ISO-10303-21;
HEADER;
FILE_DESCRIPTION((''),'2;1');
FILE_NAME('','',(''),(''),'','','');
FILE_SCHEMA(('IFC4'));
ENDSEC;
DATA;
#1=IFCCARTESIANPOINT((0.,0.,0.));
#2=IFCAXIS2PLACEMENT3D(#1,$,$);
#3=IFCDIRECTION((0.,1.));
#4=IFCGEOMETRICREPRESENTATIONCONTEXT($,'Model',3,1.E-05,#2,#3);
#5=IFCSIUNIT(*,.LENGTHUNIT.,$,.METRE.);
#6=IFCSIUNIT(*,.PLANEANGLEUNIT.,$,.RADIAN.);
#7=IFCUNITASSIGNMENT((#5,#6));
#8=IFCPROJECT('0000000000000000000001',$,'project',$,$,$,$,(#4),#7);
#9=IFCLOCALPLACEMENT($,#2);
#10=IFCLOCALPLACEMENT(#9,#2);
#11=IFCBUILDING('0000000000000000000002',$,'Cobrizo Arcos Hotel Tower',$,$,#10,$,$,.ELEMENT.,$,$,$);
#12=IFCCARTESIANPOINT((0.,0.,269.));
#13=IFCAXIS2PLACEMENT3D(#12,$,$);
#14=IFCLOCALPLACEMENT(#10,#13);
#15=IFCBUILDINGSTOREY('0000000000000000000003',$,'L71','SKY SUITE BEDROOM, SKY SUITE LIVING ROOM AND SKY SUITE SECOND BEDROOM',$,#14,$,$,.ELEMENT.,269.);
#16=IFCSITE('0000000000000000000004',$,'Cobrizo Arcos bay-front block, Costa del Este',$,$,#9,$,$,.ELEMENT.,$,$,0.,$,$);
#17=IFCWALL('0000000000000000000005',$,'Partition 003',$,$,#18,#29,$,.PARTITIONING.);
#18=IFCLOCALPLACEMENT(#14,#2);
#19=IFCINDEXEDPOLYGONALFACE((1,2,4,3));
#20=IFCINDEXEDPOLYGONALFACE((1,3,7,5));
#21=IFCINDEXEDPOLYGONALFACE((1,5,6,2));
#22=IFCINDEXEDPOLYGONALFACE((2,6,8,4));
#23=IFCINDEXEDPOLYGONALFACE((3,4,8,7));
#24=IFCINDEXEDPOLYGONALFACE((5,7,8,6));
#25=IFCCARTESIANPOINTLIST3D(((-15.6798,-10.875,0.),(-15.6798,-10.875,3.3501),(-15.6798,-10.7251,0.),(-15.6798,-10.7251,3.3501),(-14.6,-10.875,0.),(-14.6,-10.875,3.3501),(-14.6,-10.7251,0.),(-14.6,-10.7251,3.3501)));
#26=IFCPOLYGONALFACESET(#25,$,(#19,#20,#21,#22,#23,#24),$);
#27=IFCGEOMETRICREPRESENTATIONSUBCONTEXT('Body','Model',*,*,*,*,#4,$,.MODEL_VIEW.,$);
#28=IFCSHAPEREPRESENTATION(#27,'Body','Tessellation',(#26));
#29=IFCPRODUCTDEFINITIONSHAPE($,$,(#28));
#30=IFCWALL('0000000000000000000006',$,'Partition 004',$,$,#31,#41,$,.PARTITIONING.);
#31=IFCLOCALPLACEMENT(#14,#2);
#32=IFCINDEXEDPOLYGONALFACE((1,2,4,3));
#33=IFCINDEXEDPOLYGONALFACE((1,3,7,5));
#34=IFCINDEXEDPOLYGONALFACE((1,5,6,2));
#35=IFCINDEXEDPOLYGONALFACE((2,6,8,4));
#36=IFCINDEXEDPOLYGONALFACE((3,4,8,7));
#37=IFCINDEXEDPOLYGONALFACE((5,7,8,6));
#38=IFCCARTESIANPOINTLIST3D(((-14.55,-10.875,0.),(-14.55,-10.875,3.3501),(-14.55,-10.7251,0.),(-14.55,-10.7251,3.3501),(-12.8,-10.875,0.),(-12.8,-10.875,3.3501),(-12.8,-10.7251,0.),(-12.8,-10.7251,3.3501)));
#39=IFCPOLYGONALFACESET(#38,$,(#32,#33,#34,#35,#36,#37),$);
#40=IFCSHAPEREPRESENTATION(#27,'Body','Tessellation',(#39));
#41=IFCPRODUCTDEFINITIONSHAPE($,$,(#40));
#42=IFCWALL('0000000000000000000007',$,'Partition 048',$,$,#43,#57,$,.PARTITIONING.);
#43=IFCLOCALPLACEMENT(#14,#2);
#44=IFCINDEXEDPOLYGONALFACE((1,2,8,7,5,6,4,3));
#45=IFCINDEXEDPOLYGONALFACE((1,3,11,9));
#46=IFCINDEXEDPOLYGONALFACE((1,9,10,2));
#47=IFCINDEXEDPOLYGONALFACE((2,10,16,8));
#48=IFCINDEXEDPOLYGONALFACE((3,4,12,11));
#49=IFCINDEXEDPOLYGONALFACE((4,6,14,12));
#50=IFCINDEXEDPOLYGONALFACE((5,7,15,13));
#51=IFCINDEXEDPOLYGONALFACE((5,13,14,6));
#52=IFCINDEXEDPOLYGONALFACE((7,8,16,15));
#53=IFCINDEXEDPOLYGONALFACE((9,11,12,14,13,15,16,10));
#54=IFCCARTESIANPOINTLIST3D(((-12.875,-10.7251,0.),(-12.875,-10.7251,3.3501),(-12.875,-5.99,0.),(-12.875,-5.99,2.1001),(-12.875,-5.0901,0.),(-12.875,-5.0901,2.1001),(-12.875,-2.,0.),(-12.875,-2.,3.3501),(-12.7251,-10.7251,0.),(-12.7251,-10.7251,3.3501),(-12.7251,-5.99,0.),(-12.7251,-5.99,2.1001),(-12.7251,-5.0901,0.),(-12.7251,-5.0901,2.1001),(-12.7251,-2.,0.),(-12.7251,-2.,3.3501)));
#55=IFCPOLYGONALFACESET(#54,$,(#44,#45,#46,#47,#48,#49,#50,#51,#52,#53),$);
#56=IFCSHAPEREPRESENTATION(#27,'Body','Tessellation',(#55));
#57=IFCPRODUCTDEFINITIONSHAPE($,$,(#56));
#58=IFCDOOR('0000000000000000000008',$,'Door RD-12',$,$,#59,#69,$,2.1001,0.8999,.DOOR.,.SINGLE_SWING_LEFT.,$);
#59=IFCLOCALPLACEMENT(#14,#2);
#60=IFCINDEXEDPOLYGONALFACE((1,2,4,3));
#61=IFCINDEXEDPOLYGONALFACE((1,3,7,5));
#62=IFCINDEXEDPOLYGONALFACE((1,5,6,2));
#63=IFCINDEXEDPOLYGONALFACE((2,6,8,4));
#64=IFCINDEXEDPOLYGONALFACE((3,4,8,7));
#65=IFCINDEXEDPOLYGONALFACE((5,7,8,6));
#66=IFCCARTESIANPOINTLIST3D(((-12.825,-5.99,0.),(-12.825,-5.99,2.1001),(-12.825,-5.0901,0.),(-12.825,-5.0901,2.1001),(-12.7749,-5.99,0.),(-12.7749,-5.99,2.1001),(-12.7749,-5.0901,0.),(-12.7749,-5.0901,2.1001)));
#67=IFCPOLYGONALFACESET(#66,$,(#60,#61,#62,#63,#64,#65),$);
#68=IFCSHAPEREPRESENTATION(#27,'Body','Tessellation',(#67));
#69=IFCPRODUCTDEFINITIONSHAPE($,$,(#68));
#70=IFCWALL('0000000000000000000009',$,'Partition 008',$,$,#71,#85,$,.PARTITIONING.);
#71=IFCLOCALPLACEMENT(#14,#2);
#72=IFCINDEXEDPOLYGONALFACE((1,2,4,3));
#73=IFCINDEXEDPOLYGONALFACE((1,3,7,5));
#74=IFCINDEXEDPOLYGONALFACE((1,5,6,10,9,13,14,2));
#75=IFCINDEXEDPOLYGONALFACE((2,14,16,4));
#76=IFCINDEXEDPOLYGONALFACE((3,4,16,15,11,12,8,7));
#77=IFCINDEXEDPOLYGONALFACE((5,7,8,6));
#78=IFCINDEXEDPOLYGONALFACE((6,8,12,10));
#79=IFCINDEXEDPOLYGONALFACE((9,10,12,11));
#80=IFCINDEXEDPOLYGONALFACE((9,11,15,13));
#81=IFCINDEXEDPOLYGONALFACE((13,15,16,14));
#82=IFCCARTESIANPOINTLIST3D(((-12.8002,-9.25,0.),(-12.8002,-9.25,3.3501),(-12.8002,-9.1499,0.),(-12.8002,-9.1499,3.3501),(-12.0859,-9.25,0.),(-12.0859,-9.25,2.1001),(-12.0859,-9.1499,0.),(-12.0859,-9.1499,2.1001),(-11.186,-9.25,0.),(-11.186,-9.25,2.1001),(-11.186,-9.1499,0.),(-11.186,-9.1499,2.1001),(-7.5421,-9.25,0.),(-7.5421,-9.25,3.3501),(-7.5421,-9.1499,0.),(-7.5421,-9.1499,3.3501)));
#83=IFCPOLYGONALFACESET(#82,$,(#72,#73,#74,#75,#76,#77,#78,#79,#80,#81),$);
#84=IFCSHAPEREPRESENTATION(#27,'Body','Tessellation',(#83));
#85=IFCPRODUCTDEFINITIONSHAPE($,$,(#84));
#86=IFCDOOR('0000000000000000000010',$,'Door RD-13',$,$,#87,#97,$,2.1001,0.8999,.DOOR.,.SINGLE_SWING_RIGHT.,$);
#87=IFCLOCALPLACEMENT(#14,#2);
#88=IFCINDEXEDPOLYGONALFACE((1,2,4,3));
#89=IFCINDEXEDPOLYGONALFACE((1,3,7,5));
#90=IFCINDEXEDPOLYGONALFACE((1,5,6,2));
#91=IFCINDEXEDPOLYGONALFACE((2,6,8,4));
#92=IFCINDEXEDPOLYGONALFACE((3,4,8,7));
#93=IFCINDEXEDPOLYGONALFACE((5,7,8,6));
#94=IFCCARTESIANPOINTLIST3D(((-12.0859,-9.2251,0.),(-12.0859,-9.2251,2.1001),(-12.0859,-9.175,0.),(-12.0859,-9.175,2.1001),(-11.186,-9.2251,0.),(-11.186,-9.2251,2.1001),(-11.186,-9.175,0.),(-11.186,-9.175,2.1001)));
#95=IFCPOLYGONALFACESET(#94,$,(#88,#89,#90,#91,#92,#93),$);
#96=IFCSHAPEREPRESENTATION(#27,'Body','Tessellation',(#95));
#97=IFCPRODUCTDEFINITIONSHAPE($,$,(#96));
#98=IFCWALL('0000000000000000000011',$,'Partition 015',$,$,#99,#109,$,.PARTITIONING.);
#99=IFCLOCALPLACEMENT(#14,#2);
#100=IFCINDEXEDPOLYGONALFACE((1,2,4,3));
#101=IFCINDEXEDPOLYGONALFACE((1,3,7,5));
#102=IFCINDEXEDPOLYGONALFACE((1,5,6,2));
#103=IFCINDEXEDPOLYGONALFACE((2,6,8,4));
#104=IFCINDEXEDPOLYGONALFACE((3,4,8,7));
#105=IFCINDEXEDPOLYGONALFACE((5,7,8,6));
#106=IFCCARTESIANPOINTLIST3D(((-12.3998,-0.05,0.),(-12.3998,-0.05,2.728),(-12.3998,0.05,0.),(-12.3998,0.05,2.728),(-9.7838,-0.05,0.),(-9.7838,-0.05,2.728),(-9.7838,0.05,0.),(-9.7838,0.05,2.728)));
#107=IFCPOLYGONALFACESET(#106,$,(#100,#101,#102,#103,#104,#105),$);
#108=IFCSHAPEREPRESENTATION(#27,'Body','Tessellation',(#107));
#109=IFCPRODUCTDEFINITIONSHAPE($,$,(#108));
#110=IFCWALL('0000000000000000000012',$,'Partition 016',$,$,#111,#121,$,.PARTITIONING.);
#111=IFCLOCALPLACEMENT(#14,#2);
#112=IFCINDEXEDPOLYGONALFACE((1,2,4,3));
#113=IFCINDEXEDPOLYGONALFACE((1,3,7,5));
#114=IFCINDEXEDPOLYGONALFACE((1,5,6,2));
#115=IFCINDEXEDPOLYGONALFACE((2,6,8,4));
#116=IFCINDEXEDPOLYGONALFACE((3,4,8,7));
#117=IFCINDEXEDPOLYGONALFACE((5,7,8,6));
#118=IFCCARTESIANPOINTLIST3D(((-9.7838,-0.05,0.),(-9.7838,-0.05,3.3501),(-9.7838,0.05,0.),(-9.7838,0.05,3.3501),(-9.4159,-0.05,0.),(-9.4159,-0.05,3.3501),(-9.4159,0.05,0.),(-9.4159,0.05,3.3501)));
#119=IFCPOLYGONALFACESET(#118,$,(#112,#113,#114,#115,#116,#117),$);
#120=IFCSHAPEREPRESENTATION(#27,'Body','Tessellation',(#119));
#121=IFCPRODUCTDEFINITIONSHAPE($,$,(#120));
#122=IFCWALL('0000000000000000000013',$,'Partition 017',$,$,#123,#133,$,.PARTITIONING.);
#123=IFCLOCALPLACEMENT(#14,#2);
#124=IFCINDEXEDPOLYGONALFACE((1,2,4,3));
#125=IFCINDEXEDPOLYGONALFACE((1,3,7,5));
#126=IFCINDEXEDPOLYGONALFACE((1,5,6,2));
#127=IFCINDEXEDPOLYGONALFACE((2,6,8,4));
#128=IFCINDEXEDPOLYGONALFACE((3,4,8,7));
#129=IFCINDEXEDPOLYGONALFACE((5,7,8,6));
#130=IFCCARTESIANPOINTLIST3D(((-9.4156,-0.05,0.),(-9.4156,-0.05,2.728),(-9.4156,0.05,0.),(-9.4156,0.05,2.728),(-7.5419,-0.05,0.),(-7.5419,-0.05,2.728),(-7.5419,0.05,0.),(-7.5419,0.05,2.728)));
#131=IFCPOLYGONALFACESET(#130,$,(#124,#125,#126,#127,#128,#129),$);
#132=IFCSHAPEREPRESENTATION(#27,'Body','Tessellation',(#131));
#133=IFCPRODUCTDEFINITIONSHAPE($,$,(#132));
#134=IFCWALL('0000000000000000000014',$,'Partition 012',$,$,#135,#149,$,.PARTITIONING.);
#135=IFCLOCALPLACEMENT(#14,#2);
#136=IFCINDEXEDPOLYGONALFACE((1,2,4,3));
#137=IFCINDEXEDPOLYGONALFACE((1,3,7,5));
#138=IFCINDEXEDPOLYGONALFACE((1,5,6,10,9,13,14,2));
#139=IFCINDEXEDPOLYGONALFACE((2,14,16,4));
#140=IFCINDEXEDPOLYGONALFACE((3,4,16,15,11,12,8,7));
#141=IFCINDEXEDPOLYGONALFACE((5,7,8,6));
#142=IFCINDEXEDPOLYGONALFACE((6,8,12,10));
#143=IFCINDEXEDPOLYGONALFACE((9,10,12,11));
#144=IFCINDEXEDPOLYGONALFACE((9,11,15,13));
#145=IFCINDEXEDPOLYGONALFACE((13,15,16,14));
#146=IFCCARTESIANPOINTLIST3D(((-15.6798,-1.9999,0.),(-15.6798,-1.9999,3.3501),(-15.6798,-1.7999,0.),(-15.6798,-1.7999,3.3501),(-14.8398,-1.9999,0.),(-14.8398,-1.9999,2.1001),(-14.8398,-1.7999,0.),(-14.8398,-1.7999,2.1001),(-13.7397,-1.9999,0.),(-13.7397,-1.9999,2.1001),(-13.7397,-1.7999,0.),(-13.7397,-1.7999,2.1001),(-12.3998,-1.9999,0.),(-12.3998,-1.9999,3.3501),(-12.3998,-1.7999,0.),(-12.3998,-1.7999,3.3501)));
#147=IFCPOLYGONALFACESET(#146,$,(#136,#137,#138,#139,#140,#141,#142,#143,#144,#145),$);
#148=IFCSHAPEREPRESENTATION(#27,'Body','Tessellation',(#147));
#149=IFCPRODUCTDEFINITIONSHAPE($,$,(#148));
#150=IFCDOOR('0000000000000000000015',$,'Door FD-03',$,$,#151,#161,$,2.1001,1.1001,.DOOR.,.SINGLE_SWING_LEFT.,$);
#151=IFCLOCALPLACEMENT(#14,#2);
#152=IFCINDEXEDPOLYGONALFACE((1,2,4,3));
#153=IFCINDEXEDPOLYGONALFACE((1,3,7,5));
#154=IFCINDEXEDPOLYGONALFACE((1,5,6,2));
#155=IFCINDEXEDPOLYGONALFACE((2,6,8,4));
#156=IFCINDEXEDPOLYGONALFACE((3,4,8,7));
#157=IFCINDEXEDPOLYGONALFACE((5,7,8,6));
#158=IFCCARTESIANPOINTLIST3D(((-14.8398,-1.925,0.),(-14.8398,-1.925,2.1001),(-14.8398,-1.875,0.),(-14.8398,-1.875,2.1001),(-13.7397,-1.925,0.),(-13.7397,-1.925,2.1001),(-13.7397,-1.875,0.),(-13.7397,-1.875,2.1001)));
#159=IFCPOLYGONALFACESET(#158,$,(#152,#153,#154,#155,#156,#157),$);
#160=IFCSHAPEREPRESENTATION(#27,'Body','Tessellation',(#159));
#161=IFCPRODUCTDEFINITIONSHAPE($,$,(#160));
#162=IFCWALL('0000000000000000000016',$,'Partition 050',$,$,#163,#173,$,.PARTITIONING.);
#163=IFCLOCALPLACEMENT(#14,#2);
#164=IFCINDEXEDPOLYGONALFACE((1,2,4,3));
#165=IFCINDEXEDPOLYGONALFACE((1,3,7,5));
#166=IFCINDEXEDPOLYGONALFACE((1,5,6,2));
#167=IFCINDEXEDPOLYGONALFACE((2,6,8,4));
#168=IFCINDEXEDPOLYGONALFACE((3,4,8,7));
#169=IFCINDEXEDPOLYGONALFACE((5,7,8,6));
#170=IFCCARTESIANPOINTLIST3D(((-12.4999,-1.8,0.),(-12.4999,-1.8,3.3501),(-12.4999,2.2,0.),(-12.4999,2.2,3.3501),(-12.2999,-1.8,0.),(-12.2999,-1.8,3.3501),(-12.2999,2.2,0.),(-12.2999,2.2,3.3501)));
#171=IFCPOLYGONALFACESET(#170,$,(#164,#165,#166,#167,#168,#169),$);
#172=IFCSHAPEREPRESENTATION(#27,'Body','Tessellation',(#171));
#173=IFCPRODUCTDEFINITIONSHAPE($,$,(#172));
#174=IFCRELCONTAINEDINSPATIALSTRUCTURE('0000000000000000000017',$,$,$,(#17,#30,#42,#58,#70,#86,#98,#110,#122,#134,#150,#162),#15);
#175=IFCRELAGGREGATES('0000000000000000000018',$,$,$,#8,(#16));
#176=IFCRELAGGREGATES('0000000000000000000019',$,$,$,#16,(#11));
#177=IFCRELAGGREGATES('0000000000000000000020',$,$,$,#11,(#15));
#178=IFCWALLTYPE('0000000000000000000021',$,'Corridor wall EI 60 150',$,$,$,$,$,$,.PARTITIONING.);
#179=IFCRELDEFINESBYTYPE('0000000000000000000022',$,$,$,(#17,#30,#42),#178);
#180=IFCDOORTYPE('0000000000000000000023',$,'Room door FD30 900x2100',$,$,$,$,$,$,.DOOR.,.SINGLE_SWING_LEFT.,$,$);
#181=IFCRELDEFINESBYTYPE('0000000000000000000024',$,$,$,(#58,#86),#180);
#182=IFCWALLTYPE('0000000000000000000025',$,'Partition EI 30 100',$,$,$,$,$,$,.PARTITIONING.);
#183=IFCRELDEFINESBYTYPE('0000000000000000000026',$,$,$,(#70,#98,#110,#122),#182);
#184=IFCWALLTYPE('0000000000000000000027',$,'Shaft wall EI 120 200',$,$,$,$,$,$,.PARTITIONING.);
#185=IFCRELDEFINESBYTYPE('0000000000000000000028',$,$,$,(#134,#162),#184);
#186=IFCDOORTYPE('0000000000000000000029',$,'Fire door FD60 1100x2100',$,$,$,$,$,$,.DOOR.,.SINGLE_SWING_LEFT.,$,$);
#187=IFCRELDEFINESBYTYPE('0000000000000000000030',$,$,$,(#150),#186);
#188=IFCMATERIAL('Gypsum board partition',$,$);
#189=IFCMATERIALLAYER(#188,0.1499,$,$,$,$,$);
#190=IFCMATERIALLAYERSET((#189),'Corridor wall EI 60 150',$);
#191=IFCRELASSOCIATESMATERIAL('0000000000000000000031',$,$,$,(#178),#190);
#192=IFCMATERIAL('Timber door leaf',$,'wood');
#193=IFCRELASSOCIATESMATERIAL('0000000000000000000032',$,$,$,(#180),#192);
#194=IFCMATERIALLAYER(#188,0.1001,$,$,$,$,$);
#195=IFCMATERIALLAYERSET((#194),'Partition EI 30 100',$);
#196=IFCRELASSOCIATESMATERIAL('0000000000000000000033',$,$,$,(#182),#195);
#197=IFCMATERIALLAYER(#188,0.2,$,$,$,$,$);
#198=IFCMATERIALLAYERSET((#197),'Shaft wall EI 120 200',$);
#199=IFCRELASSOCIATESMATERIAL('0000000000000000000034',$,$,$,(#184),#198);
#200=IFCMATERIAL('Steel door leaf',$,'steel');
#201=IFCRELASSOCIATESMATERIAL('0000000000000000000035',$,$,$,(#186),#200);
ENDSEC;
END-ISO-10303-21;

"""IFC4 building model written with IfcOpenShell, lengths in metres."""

from ifc_helpers import new_model, si_unit, direction, frame, frame_2d, origin, place, context, subcontext, project, spatial, rectangle, extrude, material, layer, layer_set, type_object, element, fill, save


model = new_model("IFC4")

# Units and contexts
model_context = context("Model", 3, precision=1e-05, world=origin(), true_north=direction((0.0, 1.0)))
body_context = subcontext(model_context, "Body", "Model", "MODEL_VIEW")
ifc_project = project(units=[si_unit("LENGTHUNIT", "METRE"), si_unit("PLANEANGLEUNIT", "RADIAN")], contexts=[model_context])

# Site, building, storey
site_placement = place(None, origin())
site = spatial("IfcSite", under=ifc_project, at=site_placement, Name="Cobrizo Arcos bay-front block, Costa del Este", CompositionType="ELEMENT", RefElevation=0.0)
building_placement = place(site_placement, origin())
building = spatial("IfcBuilding", under=site, at=building_placement, Name="Cobrizo Arcos Hotel Tower", CompositionType="ELEMENT")
storey_placement = place(building_placement, frame((0.0, 0.0, 269.0)))
storey = spatial("IfcBuildingStorey", under=building, at=storey_placement, Name="L71", Description="SKY SUITE BEDROOM, SKY SUITE LIVING ROOM AND SKY SUITE SECOND BEDROOM", CompositionType="ELEMENT", Elevation=269.0)

# Walls
ifc_material_1 = material(Name="Gypsum board partition")
ifc_layer_1 = layer(ifc_material_1, 0.1499)
ifc_layer_set_1 = layer_set([ifc_layer_1], Name="Corridor wall EI 60 150")
wall_type_1 = type_object("IfcWallType", Name="Corridor wall EI 60 150", PredefinedType="PARTITIONING", material=ifc_layer_set_1)
wall_1_placement = place(storey_placement, frame((-15.6799, -10.8, 0.0), z_axis=(0.0, 0.0, 1.0), x_axis=(1.0, 0.0, 0.0)))
element("IfcWall", 1, at=wall_1_placement, inside=storey, type_object=wall_type_1, Name="Partition 003", PredefinedType="PARTITIONING", context=body_context, shape_type="SweptSolid", body=[
    extrude(rectangle(XDim=1.0798, YDim=0.1499, at=frame_2d((0.54, 0.0))), origin(), (0.0, 0.0, 1.0), 3.3501),
])
wall_2_placement = place(storey_placement, frame((-14.55, -10.8, 0.0), z_axis=(0.0, 0.0, 1.0), x_axis=(1.0, 0.0, 0.0)))
element("IfcWall", 2, at=wall_2_placement, inside=storey, type_object=wall_type_1, Name="Partition 004", PredefinedType="PARTITIONING", context=body_context, shape_type="SweptSolid", body=[
    extrude(rectangle(XDim=1.75, YDim=0.1499, at=frame_2d((0.875, 0.0))), origin(), (0.0, 0.0, 1.0), 3.3501),
])

# Walls, openings, doors
wall_3_placement = place(storey_placement, frame((-12.8, -10.7251, 0.0), z_axis=(0.0, 0.0, 1.0), x_axis=(0.0, 1.0, 0.0)))
wall_3 = element("IfcWall", 3, at=wall_3_placement, inside=storey, type_object=wall_type_1, Name="Partition 048", PredefinedType="PARTITIONING", context=body_context, shape_type="SweptSolid", body=[
    extrude(rectangle(XDim=8.7251, YDim=0.1499, at=frame_2d((4.3625, 0.0))), origin(), (0.0, 0.0, 1.0), 3.3501),
])
opening_1_placement = place(wall_3_placement, frame((4.7351, 0.0, 0.0)))
opening_1 = element("IfcOpeningElement", 4, at=opening_1_placement, cuts=wall_3, PredefinedType="OPENING", context=body_context, shape_type="SweptSolid", body=[
    extrude(rectangle(XDim=0.8999, YDim=2.1001, at=frame_2d((0.45, 1.05))), frame((0.0, 0.0869, 0.0), z_axis=(0.0, -1.0, 0.0), x_axis=(1.0, 0.0, 0.0)), (0.0, 0.0, 1.0), 0.1738),
])
ifc_material_2 = material(Name="Timber door leaf", Category="wood")
door_type_1 = type_object("IfcDoorType", Name="Room door FD30 900x2100", OperationType="SINGLE_SWING_LEFT", PredefinedType="DOOR", material=ifc_material_2)
door_1_placement = place(opening_1_placement, origin())
door_1 = element("IfcDoor", 5, at=door_1_placement, inside=storey, type_object=door_type_1, Name="Door RD-12", OperationType="SINGLE_SWING_LEFT", OverallHeight=2.1001, OverallWidth=0.8999, PredefinedType="DOOR", context=body_context, shape_type="SweptSolid", body=[
    extrude(rectangle(XDim=0.8999, YDim=2.1001, at=frame_2d((0.45, 1.05))), frame((0.0, 0.0249, 0.0), z_axis=(0.0, -1.0, 0.0), x_axis=(1.0, 0.0, 0.0)), (0.0, 0.0, 1.0), 0.05),
])
fill(opening_1, door_1)
ifc_layer_2 = layer(ifc_material_1, 0.1001)
ifc_layer_set_2 = layer_set([ifc_layer_2], Name="Partition EI 30 100")
wall_type_2 = type_object("IfcWallType", Name="Partition EI 30 100", PredefinedType="PARTITIONING", material=ifc_layer_set_2)
wall_4_placement = place(storey_placement, frame((-12.8, -9.2, 0.0), z_axis=(0.0, 0.0, 1.0), x_axis=(1.0, 0.0, 0.0)))
wall_4 = element("IfcWall", 6, at=wall_4_placement, inside=storey, type_object=wall_type_2, Name="Partition 008", PredefinedType="PARTITIONING", context=body_context, shape_type="SweptSolid", body=[
    extrude(rectangle(XDim=5.2581, YDim=0.1001, at=frame_2d((2.6289, 0.0))), origin(), (0.0, 0.0, 1.0), 3.3501),
])
opening_2_placement = place(wall_4_placement, frame((0.7141, 0.0, 0.0)))
opening_2 = element("IfcOpeningElement", 7, at=opening_2_placement, cuts=wall_4, PredefinedType="OPENING", context=body_context, shape_type="SweptSolid", body=[
    extrude(rectangle(XDim=0.8999, YDim=2.1001, at=frame_2d((0.45, 1.05))), frame((0.0, 0.062, 0.0), z_axis=(0.0, -1.0, 0.0), x_axis=(1.0, 0.0, 0.0)), (0.0, 0.0, 1.0), 0.124),
])
door_2_placement = place(opening_2_placement, origin())
door_2 = element("IfcDoor", 8, at=door_2_placement, inside=storey, type_object=door_type_1, Name="Door RD-13", OperationType="SINGLE_SWING_RIGHT", OverallHeight=2.1001, OverallWidth=0.8999, PredefinedType="DOOR", context=body_context, shape_type="SweptSolid", body=[
    extrude(rectangle(XDim=0.8999, YDim=2.1001, at=frame_2d((0.45, 1.05))), frame((0.0, 0.0249, 0.0), z_axis=(0.0, -1.0, 0.0), x_axis=(1.0, 0.0, 0.0)), (0.0, 0.0, 1.0), 0.05),
])
fill(opening_2, door_2)

# Walls
wall_5_placement = place(storey_placement, frame((-12.3999, 0.0, 0.0), z_axis=(0.0, 0.0, 1.0), x_axis=(1.0, 0.0, 0.0)))
element("IfcWall", 9, at=wall_5_placement, inside=storey, type_object=wall_type_2, Name="Partition 015", PredefinedType="PARTITIONING", context=body_context, shape_type="SweptSolid", body=[
    extrude(rectangle(XDim=2.616, YDim=0.1001, at=frame_2d((1.3081, 0.0))), origin(), (0.0, 0.0, 1.0), 2.728),
])
wall_6_placement = place(storey_placement, frame((-9.7839, 0.0, 0.0), z_axis=(0.0, 0.0, 1.0), x_axis=(1.0, 0.0, 0.0)))
element("IfcWall", 10, at=wall_6_placement, inside=storey, type_object=wall_type_2, Name="Partition 016", PredefinedType="PARTITIONING", context=body_context, shape_type="SweptSolid", body=[
    extrude(rectangle(XDim=0.3679, YDim=0.1001, at=frame_2d((0.1841, 0.0))), origin(), (0.0, 0.0, 1.0), 3.3501),
])
wall_7_placement = place(storey_placement, frame((-9.4158, 0.0, 0.0), z_axis=(0.0, 0.0, 1.0), x_axis=(1.0, 0.0, 0.0)))
element("IfcWall", 11, at=wall_7_placement, inside=storey, type_object=wall_type_2, Name="Partition 017", PredefinedType="PARTITIONING", context=body_context, shape_type="SweptSolid", body=[
    extrude(rectangle(XDim=1.8738, YDim=0.1001, at=frame_2d((0.937, 0.0))), origin(), (0.0, 0.0, 1.0), 2.728),
])

# Wall, opening, door
ifc_layer_3 = layer(ifc_material_1, 0.2)
ifc_layer_set_3 = layer_set([ifc_layer_3], Name="Shaft wall EI 120 200")
wall_type_3 = type_object("IfcWallType", Name="Shaft wall EI 120 200", PredefinedType="PARTITIONING", material=ifc_layer_set_3)
wall_8_placement = place(storey_placement, frame((-15.6799, -1.8999, 0.0), z_axis=(0.0, 0.0, 1.0), x_axis=(1.0, 0.0, 0.0)))
wall_8 = element("IfcWall", 12, at=wall_8_placement, inside=storey, type_object=wall_type_3, Name="Partition 012", PredefinedType="PARTITIONING", context=body_context, shape_type="SweptSolid", body=[
    extrude(rectangle(XDim=3.28, YDim=0.2, at=frame_2d((1.6401, 0.0))), origin(), (0.0, 0.0, 1.0), 3.3501),
])
opening_3_placement = place(wall_8_placement, frame((0.8401, 0.0, 0.0)))
opening_3 = element("IfcOpeningElement", 13, at=opening_3_placement, cuts=wall_8, PredefinedType="OPENING", context=body_context, shape_type="SweptSolid", body=[
    extrude(rectangle(XDim=1.1001, YDim=2.1001, at=frame_2d((0.55, 1.05))), frame((0.0, 0.1121, 0.0), z_axis=(0.0, -1.0, 0.0), x_axis=(1.0, 0.0, 0.0)), (0.0, 0.0, 1.0), 0.2239),
])
ifc_material_3 = material(Name="Steel door leaf", Category="steel")
door_type_2 = type_object("IfcDoorType", Name="Fire door FD60 1100x2100", OperationType="SINGLE_SWING_LEFT", PredefinedType="DOOR", material=ifc_material_3)
door_3_placement = place(opening_3_placement, origin())
door_3 = element("IfcDoor", 14, at=door_3_placement, inside=storey, type_object=door_type_2, Name="Door FD-03", OperationType="SINGLE_SWING_LEFT", OverallHeight=2.1001, OverallWidth=1.1001, PredefinedType="DOOR", context=body_context, shape_type="SweptSolid", body=[
    extrude(rectangle(XDim=1.1001, YDim=2.1001, at=frame_2d((0.55, 1.05))), frame((0.0, 0.0249, 0.0), z_axis=(0.0, -1.0, 0.0), x_axis=(1.0, 0.0, 0.0)), (0.0, 0.0, 1.0), 0.05),
])
fill(opening_3, door_3)

# Wall
wall_9_placement = place(storey_placement, frame((-12.3999, -1.8, 0.0), z_axis=(0.0, 0.0, 1.0), x_axis=(0.0, 1.0, 0.0)))
element("IfcWall", 15, at=wall_9_placement, inside=storey, type_object=wall_type_3, Name="Partition 050", PredefinedType="PARTITIONING", context=body_context, shape_type="SweptSolid", body=[
    extrude(rectangle(XDim=4.0, YDim=0.2, at=frame_2d((2.0, 0.0))), origin(), (0.0, 0.0, 1.0), 3.3501),
])

save(model, "model.ifc")
